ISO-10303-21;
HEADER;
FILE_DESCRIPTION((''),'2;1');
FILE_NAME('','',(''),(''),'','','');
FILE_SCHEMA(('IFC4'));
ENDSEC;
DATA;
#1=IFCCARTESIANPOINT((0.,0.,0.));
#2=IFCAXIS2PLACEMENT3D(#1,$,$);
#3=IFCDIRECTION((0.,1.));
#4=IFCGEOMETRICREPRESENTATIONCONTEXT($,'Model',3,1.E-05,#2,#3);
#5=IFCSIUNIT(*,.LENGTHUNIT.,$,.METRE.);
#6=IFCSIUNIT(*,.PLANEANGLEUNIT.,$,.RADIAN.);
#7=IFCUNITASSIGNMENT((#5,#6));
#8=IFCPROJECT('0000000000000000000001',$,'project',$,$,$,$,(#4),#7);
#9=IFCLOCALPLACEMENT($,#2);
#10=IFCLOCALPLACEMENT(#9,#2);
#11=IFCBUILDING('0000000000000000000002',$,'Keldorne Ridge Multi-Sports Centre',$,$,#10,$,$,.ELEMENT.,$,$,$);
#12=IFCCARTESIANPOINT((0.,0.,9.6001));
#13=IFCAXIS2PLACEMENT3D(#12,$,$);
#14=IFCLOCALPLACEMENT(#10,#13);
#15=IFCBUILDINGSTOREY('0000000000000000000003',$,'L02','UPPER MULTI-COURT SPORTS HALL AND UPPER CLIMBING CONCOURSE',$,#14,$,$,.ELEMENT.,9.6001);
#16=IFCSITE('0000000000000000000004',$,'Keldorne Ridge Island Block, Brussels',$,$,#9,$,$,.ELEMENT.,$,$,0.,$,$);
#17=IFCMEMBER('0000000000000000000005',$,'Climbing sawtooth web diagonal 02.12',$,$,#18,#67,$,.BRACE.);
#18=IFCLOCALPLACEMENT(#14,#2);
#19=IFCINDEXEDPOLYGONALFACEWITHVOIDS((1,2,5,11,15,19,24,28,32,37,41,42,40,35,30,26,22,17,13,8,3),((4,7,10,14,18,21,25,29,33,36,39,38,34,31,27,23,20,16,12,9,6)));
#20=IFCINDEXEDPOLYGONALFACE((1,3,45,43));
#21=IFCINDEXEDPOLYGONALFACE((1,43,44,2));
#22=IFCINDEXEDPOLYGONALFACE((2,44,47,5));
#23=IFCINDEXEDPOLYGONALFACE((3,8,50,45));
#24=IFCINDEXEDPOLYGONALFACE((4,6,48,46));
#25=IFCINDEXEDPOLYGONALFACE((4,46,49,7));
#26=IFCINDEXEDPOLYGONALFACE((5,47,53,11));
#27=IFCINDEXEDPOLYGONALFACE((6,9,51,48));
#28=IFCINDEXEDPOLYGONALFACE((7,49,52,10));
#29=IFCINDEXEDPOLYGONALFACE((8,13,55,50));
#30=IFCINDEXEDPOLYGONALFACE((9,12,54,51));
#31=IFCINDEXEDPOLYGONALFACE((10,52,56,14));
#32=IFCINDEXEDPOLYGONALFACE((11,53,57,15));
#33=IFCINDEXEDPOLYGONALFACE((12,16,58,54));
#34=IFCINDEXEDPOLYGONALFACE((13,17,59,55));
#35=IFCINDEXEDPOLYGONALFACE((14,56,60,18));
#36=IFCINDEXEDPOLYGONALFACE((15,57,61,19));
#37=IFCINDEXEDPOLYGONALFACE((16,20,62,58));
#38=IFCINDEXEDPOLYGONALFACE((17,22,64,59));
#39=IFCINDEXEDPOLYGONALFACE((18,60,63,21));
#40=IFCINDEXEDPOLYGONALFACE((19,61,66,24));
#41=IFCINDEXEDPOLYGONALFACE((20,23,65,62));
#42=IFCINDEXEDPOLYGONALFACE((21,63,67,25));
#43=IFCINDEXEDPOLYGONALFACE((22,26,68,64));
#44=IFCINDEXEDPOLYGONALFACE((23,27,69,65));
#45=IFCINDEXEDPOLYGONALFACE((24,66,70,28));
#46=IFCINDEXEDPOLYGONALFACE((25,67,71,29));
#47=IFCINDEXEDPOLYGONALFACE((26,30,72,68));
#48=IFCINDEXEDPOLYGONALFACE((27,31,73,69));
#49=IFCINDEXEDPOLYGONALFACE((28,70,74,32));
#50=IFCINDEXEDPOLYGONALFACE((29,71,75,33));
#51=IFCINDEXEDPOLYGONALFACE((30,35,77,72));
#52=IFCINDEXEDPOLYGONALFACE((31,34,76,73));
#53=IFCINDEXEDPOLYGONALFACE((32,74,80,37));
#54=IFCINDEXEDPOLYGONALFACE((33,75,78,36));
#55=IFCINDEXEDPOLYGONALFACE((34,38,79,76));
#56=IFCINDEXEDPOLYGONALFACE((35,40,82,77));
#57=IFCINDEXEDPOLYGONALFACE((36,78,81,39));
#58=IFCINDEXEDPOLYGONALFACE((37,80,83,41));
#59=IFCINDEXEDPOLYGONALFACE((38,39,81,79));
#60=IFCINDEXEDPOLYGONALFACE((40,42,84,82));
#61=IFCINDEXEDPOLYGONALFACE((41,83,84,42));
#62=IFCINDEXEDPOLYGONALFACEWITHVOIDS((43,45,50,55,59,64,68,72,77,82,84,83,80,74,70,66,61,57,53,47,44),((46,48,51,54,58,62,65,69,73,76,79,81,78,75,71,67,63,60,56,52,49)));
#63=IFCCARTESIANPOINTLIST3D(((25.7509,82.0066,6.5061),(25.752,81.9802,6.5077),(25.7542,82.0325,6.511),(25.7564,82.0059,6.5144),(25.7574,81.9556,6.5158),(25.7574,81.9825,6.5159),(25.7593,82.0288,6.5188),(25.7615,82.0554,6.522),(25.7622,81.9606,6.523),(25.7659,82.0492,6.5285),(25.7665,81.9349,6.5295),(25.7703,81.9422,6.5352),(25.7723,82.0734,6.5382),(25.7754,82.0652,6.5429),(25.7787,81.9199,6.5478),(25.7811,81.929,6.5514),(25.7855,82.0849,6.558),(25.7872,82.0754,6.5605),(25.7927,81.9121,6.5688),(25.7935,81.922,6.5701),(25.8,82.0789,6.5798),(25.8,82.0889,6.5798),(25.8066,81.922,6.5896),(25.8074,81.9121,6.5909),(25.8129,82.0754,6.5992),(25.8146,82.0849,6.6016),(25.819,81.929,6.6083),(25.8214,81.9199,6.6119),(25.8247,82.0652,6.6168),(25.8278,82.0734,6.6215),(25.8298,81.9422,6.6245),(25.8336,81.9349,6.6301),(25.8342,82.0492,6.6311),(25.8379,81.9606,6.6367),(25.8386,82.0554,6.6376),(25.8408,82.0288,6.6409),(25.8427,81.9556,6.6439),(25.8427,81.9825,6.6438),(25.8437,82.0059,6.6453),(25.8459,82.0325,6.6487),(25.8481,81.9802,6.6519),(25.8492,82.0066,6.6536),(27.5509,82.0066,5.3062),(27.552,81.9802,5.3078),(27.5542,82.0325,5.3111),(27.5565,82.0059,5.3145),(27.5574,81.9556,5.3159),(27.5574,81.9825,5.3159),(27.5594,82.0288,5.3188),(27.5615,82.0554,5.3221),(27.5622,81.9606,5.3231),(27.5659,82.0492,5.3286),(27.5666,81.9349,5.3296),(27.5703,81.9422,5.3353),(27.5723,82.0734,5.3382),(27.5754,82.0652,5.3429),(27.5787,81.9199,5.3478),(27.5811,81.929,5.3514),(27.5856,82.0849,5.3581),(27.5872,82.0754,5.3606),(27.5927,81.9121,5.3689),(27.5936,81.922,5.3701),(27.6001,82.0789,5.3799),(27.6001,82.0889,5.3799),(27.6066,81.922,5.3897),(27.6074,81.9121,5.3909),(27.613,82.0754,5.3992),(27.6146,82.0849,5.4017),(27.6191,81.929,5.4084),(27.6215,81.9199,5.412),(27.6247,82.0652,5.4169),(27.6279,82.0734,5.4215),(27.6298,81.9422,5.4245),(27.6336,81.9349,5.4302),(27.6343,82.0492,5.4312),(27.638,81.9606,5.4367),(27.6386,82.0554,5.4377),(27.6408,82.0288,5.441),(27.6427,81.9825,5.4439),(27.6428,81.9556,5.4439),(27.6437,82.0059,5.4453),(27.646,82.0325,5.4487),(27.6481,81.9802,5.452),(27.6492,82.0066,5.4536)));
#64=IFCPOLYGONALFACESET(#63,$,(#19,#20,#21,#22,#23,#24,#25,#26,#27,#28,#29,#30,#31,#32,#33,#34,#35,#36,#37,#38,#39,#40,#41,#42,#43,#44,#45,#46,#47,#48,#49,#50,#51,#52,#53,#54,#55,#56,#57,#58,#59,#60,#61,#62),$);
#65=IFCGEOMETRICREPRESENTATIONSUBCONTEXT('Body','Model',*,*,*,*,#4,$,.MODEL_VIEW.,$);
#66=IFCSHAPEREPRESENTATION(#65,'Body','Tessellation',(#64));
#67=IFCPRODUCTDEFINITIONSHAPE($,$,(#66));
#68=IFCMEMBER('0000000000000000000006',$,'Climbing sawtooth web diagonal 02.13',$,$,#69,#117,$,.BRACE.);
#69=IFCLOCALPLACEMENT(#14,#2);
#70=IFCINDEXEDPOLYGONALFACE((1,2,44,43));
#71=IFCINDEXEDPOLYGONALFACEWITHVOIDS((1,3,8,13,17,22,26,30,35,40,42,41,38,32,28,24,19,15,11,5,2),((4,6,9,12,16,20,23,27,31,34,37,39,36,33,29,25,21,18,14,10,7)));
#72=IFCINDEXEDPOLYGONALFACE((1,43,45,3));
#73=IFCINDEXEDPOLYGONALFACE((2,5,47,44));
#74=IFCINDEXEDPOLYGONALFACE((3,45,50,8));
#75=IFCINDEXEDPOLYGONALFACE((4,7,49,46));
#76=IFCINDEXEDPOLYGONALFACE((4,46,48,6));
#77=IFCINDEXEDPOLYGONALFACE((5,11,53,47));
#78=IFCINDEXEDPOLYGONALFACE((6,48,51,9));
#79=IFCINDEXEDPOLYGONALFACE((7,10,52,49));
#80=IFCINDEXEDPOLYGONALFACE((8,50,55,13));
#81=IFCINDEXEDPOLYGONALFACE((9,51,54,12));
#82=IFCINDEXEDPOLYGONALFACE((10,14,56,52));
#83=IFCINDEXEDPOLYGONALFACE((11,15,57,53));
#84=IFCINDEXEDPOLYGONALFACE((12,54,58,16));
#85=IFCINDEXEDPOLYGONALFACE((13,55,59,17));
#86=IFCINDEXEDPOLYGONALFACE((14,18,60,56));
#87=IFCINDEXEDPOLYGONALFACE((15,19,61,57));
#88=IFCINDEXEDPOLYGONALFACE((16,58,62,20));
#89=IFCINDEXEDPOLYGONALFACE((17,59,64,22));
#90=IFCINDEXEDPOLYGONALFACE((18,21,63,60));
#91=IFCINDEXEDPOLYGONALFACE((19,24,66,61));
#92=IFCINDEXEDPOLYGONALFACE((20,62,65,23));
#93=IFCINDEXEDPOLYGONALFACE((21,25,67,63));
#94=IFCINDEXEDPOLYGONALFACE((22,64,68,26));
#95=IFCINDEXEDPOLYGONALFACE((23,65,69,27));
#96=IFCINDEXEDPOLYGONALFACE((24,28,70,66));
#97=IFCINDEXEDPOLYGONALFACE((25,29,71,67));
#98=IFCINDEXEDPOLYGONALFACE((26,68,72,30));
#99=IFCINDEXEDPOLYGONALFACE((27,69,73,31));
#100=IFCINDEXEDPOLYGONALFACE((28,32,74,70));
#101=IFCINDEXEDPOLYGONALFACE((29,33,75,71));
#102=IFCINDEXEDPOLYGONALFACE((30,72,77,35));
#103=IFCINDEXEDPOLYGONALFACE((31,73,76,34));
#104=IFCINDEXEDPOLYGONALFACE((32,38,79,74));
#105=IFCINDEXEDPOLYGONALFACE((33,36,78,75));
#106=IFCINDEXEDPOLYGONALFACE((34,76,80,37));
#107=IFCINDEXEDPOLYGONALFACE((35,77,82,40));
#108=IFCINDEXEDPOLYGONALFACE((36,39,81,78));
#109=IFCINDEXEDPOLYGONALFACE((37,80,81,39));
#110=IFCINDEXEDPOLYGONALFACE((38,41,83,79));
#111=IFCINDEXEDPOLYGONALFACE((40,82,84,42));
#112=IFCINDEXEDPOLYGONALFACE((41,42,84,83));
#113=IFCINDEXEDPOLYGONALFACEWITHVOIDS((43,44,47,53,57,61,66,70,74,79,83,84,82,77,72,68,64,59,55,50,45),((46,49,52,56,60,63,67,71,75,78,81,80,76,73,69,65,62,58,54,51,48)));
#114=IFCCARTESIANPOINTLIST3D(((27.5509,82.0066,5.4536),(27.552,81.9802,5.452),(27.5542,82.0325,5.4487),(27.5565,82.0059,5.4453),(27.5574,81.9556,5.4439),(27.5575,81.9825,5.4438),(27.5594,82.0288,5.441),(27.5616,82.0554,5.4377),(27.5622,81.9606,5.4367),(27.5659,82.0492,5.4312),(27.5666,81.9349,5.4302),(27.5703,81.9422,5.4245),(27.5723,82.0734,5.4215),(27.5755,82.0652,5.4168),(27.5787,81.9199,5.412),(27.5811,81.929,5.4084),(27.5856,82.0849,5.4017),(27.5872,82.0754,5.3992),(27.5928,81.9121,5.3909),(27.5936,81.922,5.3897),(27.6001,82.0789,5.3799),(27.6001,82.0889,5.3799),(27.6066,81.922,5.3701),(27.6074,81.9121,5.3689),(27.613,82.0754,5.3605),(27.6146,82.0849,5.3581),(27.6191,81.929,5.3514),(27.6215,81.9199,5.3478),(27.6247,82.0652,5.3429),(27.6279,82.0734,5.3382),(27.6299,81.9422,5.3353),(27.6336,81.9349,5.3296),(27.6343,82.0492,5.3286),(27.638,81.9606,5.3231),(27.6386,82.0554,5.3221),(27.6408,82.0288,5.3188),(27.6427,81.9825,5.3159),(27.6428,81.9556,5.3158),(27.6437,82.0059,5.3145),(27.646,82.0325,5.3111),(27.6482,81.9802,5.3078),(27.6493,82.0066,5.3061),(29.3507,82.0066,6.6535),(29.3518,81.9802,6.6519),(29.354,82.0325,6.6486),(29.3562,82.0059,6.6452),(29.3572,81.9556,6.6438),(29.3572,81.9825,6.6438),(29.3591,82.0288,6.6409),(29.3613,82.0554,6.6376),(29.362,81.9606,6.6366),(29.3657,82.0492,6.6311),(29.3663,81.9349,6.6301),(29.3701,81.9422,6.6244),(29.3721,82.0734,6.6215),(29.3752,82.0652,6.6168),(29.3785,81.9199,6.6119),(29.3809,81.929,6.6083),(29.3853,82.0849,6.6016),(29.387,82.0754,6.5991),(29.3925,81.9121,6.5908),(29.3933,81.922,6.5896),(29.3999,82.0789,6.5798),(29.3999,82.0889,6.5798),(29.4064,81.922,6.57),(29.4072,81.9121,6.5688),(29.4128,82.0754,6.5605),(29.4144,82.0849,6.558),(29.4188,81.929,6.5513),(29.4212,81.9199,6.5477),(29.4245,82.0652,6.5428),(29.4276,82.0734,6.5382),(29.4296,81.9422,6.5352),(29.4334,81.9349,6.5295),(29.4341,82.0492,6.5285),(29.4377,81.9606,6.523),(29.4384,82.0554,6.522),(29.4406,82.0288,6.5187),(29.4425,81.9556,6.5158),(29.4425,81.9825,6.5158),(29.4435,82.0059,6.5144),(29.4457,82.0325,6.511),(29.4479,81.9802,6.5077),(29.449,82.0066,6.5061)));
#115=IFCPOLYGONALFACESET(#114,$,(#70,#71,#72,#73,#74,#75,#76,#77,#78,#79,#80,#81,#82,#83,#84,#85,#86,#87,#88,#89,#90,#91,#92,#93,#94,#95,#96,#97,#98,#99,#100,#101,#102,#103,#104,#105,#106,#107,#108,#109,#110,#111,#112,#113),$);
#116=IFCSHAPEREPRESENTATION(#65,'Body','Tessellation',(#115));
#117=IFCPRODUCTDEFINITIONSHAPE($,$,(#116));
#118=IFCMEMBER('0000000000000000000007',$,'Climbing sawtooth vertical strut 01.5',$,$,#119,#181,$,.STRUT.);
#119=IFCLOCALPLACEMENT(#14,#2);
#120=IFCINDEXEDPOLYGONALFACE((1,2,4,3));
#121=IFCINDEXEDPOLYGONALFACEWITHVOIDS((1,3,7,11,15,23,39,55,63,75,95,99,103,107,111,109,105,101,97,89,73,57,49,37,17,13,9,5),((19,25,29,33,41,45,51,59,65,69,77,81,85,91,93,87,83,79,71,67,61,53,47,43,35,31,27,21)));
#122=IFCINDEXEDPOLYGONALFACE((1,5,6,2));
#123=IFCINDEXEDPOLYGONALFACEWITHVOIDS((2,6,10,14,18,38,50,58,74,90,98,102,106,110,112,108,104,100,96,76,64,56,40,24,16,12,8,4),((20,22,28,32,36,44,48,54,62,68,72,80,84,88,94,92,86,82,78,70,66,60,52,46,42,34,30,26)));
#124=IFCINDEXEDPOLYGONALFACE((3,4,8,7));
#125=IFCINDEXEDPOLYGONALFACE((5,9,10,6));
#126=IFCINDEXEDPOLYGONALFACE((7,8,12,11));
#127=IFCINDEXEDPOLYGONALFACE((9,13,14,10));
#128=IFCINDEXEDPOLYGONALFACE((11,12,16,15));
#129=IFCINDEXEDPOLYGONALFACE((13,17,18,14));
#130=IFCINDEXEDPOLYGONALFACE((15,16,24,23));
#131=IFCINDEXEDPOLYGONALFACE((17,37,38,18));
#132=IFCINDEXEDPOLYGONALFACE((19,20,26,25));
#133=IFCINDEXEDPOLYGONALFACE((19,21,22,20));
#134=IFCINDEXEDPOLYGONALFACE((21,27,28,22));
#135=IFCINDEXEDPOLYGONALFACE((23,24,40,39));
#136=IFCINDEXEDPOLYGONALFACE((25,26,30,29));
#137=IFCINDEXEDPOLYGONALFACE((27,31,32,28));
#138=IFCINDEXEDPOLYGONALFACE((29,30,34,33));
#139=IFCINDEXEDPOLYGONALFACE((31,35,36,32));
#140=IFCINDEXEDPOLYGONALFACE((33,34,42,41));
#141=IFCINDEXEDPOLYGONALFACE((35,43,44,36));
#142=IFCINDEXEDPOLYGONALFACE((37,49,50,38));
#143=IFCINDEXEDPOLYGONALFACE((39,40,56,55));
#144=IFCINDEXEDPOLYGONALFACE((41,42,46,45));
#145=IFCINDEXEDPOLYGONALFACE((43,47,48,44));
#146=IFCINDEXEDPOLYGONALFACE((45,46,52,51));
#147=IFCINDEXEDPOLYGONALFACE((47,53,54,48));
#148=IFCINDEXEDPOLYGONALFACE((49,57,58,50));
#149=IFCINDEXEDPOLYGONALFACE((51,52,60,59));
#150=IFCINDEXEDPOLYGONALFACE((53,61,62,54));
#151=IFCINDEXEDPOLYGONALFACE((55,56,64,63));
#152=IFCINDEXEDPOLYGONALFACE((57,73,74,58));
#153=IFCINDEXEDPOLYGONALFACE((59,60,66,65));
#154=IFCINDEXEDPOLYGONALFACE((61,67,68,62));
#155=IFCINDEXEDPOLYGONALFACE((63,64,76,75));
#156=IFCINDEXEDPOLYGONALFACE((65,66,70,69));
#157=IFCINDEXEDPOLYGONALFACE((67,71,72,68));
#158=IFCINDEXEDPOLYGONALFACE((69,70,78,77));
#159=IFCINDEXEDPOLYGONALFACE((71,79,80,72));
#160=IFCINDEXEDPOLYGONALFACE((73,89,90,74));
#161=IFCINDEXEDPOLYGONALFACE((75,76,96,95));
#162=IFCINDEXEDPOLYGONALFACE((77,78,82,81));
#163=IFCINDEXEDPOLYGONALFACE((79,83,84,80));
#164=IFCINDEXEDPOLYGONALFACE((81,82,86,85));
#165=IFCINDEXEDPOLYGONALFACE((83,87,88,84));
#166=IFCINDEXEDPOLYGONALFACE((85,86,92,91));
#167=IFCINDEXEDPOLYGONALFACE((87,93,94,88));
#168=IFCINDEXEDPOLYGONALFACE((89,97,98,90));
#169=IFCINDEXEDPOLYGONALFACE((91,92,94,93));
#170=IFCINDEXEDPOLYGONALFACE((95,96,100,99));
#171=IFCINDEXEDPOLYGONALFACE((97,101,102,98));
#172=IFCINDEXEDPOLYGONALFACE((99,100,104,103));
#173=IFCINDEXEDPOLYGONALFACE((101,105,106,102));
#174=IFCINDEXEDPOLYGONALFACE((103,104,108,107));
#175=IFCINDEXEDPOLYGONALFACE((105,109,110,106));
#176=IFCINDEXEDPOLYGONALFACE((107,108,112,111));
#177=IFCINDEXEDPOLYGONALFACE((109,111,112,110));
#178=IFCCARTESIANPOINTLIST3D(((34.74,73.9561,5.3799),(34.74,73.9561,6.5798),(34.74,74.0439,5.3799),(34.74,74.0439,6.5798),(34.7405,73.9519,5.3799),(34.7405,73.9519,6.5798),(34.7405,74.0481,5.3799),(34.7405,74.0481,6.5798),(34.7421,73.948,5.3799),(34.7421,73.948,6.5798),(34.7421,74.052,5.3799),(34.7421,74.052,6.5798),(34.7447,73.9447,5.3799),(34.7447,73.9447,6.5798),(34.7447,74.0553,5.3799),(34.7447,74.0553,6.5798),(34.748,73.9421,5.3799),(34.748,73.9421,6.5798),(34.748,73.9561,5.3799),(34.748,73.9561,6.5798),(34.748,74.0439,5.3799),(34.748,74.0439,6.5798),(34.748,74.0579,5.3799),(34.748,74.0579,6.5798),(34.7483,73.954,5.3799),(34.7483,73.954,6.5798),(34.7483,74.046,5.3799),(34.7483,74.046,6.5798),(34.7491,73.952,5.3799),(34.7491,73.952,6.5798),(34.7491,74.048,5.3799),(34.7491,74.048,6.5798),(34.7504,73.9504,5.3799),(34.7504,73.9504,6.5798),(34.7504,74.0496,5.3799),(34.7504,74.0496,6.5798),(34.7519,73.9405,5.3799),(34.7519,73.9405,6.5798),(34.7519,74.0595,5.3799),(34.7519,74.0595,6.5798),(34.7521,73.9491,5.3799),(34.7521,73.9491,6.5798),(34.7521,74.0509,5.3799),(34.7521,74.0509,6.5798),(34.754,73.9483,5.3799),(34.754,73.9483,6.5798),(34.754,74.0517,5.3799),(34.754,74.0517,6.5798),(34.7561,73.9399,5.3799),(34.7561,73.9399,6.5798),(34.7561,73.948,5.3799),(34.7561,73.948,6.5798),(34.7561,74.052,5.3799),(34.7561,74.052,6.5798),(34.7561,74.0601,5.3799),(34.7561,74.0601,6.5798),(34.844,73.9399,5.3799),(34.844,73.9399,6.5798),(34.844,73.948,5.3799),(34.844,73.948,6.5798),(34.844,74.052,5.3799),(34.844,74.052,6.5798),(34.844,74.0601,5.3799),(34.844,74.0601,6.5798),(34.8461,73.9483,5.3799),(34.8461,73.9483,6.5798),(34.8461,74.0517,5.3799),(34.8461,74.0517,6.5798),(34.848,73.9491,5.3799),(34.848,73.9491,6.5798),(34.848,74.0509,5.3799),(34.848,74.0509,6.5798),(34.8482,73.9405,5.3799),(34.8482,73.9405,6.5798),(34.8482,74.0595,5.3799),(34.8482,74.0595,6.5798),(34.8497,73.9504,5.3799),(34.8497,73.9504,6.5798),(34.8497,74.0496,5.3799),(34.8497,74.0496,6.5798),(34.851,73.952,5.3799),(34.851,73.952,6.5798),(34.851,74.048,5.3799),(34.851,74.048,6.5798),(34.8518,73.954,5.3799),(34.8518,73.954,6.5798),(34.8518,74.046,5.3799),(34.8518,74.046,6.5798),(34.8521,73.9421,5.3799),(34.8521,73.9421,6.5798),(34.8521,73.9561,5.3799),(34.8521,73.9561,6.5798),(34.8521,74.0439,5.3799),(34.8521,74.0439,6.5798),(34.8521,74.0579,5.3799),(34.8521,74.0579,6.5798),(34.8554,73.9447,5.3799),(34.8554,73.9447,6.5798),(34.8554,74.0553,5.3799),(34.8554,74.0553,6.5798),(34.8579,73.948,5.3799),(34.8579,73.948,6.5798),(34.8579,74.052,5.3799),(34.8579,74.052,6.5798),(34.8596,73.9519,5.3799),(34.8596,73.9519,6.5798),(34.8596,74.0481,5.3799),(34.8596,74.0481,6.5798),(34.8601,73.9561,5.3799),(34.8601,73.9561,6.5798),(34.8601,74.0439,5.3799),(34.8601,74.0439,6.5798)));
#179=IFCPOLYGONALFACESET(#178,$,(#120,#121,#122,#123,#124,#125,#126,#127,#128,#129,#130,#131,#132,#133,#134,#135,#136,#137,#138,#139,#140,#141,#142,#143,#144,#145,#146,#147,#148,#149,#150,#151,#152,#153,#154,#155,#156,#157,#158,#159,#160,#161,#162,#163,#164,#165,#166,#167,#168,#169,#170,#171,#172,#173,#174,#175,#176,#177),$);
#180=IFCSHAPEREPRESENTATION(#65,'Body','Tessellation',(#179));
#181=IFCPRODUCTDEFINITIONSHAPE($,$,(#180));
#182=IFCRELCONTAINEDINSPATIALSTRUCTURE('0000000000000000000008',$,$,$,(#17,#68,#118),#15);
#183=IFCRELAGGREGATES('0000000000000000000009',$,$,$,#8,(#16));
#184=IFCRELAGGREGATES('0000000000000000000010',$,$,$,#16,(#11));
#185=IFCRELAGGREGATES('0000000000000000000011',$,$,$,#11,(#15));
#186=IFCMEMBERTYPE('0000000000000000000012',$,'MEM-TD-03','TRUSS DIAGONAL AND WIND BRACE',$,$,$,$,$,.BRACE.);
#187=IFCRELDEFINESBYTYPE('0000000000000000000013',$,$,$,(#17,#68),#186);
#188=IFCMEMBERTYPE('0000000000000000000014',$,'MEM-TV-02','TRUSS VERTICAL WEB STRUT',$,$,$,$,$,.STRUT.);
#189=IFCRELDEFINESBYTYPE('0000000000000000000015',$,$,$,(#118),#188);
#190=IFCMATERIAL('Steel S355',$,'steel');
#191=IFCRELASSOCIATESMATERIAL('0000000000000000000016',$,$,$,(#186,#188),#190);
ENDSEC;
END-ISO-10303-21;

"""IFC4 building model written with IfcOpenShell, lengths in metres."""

from ifc_helpers import new_model, si_unit, direction, frame, origin, origin_2d, place, context, subcontext, project, spatial, hollow_rectangle, hollow_circle, extrude, material, material_profile, profile_set, type_object, element, save


model = new_model("IFC4")

# Units and contexts
model_context = context("Model", 3, precision=1e-05, world=origin(), true_north=direction((0.0, 1.0)))
body_context = subcontext(model_context, "Body", "Model", "MODEL_VIEW")
ifc_project = project(units=[si_unit("LENGTHUNIT", "METRE"), si_unit("PLANEANGLEUNIT", "RADIAN")], contexts=[model_context])

# Site, building, storey
site_placement = place(None, origin())
site = spatial("IfcSite", under=ifc_project, at=site_placement, Name="Keldorne Ridge Island Block, Brussels", CompositionType="ELEMENT", RefElevation=0.0)
building_placement = place(site_placement, origin())
building = spatial("IfcBuilding", under=site, at=building_placement, Name="Keldorne Ridge Multi-Sports Centre", CompositionType="ELEMENT")
storey_placement = place(building_placement, frame((0.0, 0.0, 9.6001)))
storey = spatial("IfcBuildingStorey", under=building, at=storey_placement, Name="L02", Description="UPPER MULTI-COURT SPORTS HALL AND UPPER CLIMBING CONCOURSE", CompositionType="ELEMENT", Elevation=9.6001)

# Shared definitions
ifc_material_1 = material(Name="Steel S355", Category="steel")

# Members
ifc_material_profile_1 = material_profile(ifc_material_1, hollow_circle(Radius=0.0889, WallThickness=0.01, at=origin_2d()), Name="CHS 177.8x10")
ifc_profile_set_1 = profile_set([ifc_material_profile_1], Name="Steel S355")
member_type_1 = type_object("IfcMemberType", Name="MEM-TD-03", Description="TRUSS DIAGONAL AND WIND BRACE", PredefinedType="BRACE", material=ifc_profile_set_1)
for number, where, z_axis, x_axis, name in (
    (1, (25.8, 82.0, 6.5798), (0.832068, 0.0, -0.554674), (0.0, 1.0, 0.0), "Climbing sawtooth web diagonal 02.12"),
):
    element("IfcMember", number, at=place(storey_placement, frame(where, z_axis=z_axis, x_axis=x_axis)), inside=storey, type_object=member_type_1, Name=name, PredefinedType="BRACE", context=body_context, shape_type="SweptSolid", body=[
        extrude(hollow_circle(Radius=0.0889, WallThickness=0.01, at=origin_2d()), origin(), (0.0, 0.0, 1.0), 2.1633),
    ])
member_1_placement = place(storey_placement, frame((27.6001, 82.0, 5.3799), z_axis=(0.832033, 0.0, 0.554726), x_axis=(0.0, 1.0, 0.0)))
element("IfcMember", 2, at=member_1_placement, inside=storey, type_object=member_type_1, Name="Climbing sawtooth web diagonal 02.13", PredefinedType="BRACE", context=body_context, shape_type="SweptSolid", body=[
    extrude(hollow_circle(Radius=0.0889, WallThickness=0.01, at=origin_2d()), origin(), (0.0, 0.0, 1.0), 2.1631),
])
ifc_material_profile_2 = material_profile(ifc_material_1, hollow_rectangle(XDim=0.1201, YDim=0.1201, WallThickness=0.0081, InnerFilletRadius=0.0081, OuterFilletRadius=0.0161, at=origin_2d()), Name="SHS 120x120x8")
ifc_profile_set_2 = profile_set([ifc_material_profile_2], Name="Steel S355")
member_type_2 = type_object("IfcMemberType", Name="MEM-TV-02", Description="TRUSS VERTICAL WEB STRUT", PredefinedType="STRUT", material=ifc_profile_set_2)
for number, where, z_axis, x_axis, name in (
    (3, (34.8, 74.0, 5.3799), (0.0, 0.0, 1.0), (1.0, 0.0, 0.0), "Climbing sawtooth vertical strut 01.5"),
):
    element("IfcMember", number, at=place(storey_placement, frame(where, z_axis=z_axis, x_axis=x_axis)), inside=storey, type_object=member_type_2, Name=name, PredefinedType="STRUT", context=body_context, shape_type="SweptSolid", body=[
        extrude(hollow_rectangle(XDim=0.1201, YDim=0.1201, WallThickness=0.0081, InnerFilletRadius=0.0081, OuterFilletRadius=0.0161, at=origin_2d()), origin(), (0.0, 0.0, 1.0), 1.2),
    ])

save(model, "model.ifc")
